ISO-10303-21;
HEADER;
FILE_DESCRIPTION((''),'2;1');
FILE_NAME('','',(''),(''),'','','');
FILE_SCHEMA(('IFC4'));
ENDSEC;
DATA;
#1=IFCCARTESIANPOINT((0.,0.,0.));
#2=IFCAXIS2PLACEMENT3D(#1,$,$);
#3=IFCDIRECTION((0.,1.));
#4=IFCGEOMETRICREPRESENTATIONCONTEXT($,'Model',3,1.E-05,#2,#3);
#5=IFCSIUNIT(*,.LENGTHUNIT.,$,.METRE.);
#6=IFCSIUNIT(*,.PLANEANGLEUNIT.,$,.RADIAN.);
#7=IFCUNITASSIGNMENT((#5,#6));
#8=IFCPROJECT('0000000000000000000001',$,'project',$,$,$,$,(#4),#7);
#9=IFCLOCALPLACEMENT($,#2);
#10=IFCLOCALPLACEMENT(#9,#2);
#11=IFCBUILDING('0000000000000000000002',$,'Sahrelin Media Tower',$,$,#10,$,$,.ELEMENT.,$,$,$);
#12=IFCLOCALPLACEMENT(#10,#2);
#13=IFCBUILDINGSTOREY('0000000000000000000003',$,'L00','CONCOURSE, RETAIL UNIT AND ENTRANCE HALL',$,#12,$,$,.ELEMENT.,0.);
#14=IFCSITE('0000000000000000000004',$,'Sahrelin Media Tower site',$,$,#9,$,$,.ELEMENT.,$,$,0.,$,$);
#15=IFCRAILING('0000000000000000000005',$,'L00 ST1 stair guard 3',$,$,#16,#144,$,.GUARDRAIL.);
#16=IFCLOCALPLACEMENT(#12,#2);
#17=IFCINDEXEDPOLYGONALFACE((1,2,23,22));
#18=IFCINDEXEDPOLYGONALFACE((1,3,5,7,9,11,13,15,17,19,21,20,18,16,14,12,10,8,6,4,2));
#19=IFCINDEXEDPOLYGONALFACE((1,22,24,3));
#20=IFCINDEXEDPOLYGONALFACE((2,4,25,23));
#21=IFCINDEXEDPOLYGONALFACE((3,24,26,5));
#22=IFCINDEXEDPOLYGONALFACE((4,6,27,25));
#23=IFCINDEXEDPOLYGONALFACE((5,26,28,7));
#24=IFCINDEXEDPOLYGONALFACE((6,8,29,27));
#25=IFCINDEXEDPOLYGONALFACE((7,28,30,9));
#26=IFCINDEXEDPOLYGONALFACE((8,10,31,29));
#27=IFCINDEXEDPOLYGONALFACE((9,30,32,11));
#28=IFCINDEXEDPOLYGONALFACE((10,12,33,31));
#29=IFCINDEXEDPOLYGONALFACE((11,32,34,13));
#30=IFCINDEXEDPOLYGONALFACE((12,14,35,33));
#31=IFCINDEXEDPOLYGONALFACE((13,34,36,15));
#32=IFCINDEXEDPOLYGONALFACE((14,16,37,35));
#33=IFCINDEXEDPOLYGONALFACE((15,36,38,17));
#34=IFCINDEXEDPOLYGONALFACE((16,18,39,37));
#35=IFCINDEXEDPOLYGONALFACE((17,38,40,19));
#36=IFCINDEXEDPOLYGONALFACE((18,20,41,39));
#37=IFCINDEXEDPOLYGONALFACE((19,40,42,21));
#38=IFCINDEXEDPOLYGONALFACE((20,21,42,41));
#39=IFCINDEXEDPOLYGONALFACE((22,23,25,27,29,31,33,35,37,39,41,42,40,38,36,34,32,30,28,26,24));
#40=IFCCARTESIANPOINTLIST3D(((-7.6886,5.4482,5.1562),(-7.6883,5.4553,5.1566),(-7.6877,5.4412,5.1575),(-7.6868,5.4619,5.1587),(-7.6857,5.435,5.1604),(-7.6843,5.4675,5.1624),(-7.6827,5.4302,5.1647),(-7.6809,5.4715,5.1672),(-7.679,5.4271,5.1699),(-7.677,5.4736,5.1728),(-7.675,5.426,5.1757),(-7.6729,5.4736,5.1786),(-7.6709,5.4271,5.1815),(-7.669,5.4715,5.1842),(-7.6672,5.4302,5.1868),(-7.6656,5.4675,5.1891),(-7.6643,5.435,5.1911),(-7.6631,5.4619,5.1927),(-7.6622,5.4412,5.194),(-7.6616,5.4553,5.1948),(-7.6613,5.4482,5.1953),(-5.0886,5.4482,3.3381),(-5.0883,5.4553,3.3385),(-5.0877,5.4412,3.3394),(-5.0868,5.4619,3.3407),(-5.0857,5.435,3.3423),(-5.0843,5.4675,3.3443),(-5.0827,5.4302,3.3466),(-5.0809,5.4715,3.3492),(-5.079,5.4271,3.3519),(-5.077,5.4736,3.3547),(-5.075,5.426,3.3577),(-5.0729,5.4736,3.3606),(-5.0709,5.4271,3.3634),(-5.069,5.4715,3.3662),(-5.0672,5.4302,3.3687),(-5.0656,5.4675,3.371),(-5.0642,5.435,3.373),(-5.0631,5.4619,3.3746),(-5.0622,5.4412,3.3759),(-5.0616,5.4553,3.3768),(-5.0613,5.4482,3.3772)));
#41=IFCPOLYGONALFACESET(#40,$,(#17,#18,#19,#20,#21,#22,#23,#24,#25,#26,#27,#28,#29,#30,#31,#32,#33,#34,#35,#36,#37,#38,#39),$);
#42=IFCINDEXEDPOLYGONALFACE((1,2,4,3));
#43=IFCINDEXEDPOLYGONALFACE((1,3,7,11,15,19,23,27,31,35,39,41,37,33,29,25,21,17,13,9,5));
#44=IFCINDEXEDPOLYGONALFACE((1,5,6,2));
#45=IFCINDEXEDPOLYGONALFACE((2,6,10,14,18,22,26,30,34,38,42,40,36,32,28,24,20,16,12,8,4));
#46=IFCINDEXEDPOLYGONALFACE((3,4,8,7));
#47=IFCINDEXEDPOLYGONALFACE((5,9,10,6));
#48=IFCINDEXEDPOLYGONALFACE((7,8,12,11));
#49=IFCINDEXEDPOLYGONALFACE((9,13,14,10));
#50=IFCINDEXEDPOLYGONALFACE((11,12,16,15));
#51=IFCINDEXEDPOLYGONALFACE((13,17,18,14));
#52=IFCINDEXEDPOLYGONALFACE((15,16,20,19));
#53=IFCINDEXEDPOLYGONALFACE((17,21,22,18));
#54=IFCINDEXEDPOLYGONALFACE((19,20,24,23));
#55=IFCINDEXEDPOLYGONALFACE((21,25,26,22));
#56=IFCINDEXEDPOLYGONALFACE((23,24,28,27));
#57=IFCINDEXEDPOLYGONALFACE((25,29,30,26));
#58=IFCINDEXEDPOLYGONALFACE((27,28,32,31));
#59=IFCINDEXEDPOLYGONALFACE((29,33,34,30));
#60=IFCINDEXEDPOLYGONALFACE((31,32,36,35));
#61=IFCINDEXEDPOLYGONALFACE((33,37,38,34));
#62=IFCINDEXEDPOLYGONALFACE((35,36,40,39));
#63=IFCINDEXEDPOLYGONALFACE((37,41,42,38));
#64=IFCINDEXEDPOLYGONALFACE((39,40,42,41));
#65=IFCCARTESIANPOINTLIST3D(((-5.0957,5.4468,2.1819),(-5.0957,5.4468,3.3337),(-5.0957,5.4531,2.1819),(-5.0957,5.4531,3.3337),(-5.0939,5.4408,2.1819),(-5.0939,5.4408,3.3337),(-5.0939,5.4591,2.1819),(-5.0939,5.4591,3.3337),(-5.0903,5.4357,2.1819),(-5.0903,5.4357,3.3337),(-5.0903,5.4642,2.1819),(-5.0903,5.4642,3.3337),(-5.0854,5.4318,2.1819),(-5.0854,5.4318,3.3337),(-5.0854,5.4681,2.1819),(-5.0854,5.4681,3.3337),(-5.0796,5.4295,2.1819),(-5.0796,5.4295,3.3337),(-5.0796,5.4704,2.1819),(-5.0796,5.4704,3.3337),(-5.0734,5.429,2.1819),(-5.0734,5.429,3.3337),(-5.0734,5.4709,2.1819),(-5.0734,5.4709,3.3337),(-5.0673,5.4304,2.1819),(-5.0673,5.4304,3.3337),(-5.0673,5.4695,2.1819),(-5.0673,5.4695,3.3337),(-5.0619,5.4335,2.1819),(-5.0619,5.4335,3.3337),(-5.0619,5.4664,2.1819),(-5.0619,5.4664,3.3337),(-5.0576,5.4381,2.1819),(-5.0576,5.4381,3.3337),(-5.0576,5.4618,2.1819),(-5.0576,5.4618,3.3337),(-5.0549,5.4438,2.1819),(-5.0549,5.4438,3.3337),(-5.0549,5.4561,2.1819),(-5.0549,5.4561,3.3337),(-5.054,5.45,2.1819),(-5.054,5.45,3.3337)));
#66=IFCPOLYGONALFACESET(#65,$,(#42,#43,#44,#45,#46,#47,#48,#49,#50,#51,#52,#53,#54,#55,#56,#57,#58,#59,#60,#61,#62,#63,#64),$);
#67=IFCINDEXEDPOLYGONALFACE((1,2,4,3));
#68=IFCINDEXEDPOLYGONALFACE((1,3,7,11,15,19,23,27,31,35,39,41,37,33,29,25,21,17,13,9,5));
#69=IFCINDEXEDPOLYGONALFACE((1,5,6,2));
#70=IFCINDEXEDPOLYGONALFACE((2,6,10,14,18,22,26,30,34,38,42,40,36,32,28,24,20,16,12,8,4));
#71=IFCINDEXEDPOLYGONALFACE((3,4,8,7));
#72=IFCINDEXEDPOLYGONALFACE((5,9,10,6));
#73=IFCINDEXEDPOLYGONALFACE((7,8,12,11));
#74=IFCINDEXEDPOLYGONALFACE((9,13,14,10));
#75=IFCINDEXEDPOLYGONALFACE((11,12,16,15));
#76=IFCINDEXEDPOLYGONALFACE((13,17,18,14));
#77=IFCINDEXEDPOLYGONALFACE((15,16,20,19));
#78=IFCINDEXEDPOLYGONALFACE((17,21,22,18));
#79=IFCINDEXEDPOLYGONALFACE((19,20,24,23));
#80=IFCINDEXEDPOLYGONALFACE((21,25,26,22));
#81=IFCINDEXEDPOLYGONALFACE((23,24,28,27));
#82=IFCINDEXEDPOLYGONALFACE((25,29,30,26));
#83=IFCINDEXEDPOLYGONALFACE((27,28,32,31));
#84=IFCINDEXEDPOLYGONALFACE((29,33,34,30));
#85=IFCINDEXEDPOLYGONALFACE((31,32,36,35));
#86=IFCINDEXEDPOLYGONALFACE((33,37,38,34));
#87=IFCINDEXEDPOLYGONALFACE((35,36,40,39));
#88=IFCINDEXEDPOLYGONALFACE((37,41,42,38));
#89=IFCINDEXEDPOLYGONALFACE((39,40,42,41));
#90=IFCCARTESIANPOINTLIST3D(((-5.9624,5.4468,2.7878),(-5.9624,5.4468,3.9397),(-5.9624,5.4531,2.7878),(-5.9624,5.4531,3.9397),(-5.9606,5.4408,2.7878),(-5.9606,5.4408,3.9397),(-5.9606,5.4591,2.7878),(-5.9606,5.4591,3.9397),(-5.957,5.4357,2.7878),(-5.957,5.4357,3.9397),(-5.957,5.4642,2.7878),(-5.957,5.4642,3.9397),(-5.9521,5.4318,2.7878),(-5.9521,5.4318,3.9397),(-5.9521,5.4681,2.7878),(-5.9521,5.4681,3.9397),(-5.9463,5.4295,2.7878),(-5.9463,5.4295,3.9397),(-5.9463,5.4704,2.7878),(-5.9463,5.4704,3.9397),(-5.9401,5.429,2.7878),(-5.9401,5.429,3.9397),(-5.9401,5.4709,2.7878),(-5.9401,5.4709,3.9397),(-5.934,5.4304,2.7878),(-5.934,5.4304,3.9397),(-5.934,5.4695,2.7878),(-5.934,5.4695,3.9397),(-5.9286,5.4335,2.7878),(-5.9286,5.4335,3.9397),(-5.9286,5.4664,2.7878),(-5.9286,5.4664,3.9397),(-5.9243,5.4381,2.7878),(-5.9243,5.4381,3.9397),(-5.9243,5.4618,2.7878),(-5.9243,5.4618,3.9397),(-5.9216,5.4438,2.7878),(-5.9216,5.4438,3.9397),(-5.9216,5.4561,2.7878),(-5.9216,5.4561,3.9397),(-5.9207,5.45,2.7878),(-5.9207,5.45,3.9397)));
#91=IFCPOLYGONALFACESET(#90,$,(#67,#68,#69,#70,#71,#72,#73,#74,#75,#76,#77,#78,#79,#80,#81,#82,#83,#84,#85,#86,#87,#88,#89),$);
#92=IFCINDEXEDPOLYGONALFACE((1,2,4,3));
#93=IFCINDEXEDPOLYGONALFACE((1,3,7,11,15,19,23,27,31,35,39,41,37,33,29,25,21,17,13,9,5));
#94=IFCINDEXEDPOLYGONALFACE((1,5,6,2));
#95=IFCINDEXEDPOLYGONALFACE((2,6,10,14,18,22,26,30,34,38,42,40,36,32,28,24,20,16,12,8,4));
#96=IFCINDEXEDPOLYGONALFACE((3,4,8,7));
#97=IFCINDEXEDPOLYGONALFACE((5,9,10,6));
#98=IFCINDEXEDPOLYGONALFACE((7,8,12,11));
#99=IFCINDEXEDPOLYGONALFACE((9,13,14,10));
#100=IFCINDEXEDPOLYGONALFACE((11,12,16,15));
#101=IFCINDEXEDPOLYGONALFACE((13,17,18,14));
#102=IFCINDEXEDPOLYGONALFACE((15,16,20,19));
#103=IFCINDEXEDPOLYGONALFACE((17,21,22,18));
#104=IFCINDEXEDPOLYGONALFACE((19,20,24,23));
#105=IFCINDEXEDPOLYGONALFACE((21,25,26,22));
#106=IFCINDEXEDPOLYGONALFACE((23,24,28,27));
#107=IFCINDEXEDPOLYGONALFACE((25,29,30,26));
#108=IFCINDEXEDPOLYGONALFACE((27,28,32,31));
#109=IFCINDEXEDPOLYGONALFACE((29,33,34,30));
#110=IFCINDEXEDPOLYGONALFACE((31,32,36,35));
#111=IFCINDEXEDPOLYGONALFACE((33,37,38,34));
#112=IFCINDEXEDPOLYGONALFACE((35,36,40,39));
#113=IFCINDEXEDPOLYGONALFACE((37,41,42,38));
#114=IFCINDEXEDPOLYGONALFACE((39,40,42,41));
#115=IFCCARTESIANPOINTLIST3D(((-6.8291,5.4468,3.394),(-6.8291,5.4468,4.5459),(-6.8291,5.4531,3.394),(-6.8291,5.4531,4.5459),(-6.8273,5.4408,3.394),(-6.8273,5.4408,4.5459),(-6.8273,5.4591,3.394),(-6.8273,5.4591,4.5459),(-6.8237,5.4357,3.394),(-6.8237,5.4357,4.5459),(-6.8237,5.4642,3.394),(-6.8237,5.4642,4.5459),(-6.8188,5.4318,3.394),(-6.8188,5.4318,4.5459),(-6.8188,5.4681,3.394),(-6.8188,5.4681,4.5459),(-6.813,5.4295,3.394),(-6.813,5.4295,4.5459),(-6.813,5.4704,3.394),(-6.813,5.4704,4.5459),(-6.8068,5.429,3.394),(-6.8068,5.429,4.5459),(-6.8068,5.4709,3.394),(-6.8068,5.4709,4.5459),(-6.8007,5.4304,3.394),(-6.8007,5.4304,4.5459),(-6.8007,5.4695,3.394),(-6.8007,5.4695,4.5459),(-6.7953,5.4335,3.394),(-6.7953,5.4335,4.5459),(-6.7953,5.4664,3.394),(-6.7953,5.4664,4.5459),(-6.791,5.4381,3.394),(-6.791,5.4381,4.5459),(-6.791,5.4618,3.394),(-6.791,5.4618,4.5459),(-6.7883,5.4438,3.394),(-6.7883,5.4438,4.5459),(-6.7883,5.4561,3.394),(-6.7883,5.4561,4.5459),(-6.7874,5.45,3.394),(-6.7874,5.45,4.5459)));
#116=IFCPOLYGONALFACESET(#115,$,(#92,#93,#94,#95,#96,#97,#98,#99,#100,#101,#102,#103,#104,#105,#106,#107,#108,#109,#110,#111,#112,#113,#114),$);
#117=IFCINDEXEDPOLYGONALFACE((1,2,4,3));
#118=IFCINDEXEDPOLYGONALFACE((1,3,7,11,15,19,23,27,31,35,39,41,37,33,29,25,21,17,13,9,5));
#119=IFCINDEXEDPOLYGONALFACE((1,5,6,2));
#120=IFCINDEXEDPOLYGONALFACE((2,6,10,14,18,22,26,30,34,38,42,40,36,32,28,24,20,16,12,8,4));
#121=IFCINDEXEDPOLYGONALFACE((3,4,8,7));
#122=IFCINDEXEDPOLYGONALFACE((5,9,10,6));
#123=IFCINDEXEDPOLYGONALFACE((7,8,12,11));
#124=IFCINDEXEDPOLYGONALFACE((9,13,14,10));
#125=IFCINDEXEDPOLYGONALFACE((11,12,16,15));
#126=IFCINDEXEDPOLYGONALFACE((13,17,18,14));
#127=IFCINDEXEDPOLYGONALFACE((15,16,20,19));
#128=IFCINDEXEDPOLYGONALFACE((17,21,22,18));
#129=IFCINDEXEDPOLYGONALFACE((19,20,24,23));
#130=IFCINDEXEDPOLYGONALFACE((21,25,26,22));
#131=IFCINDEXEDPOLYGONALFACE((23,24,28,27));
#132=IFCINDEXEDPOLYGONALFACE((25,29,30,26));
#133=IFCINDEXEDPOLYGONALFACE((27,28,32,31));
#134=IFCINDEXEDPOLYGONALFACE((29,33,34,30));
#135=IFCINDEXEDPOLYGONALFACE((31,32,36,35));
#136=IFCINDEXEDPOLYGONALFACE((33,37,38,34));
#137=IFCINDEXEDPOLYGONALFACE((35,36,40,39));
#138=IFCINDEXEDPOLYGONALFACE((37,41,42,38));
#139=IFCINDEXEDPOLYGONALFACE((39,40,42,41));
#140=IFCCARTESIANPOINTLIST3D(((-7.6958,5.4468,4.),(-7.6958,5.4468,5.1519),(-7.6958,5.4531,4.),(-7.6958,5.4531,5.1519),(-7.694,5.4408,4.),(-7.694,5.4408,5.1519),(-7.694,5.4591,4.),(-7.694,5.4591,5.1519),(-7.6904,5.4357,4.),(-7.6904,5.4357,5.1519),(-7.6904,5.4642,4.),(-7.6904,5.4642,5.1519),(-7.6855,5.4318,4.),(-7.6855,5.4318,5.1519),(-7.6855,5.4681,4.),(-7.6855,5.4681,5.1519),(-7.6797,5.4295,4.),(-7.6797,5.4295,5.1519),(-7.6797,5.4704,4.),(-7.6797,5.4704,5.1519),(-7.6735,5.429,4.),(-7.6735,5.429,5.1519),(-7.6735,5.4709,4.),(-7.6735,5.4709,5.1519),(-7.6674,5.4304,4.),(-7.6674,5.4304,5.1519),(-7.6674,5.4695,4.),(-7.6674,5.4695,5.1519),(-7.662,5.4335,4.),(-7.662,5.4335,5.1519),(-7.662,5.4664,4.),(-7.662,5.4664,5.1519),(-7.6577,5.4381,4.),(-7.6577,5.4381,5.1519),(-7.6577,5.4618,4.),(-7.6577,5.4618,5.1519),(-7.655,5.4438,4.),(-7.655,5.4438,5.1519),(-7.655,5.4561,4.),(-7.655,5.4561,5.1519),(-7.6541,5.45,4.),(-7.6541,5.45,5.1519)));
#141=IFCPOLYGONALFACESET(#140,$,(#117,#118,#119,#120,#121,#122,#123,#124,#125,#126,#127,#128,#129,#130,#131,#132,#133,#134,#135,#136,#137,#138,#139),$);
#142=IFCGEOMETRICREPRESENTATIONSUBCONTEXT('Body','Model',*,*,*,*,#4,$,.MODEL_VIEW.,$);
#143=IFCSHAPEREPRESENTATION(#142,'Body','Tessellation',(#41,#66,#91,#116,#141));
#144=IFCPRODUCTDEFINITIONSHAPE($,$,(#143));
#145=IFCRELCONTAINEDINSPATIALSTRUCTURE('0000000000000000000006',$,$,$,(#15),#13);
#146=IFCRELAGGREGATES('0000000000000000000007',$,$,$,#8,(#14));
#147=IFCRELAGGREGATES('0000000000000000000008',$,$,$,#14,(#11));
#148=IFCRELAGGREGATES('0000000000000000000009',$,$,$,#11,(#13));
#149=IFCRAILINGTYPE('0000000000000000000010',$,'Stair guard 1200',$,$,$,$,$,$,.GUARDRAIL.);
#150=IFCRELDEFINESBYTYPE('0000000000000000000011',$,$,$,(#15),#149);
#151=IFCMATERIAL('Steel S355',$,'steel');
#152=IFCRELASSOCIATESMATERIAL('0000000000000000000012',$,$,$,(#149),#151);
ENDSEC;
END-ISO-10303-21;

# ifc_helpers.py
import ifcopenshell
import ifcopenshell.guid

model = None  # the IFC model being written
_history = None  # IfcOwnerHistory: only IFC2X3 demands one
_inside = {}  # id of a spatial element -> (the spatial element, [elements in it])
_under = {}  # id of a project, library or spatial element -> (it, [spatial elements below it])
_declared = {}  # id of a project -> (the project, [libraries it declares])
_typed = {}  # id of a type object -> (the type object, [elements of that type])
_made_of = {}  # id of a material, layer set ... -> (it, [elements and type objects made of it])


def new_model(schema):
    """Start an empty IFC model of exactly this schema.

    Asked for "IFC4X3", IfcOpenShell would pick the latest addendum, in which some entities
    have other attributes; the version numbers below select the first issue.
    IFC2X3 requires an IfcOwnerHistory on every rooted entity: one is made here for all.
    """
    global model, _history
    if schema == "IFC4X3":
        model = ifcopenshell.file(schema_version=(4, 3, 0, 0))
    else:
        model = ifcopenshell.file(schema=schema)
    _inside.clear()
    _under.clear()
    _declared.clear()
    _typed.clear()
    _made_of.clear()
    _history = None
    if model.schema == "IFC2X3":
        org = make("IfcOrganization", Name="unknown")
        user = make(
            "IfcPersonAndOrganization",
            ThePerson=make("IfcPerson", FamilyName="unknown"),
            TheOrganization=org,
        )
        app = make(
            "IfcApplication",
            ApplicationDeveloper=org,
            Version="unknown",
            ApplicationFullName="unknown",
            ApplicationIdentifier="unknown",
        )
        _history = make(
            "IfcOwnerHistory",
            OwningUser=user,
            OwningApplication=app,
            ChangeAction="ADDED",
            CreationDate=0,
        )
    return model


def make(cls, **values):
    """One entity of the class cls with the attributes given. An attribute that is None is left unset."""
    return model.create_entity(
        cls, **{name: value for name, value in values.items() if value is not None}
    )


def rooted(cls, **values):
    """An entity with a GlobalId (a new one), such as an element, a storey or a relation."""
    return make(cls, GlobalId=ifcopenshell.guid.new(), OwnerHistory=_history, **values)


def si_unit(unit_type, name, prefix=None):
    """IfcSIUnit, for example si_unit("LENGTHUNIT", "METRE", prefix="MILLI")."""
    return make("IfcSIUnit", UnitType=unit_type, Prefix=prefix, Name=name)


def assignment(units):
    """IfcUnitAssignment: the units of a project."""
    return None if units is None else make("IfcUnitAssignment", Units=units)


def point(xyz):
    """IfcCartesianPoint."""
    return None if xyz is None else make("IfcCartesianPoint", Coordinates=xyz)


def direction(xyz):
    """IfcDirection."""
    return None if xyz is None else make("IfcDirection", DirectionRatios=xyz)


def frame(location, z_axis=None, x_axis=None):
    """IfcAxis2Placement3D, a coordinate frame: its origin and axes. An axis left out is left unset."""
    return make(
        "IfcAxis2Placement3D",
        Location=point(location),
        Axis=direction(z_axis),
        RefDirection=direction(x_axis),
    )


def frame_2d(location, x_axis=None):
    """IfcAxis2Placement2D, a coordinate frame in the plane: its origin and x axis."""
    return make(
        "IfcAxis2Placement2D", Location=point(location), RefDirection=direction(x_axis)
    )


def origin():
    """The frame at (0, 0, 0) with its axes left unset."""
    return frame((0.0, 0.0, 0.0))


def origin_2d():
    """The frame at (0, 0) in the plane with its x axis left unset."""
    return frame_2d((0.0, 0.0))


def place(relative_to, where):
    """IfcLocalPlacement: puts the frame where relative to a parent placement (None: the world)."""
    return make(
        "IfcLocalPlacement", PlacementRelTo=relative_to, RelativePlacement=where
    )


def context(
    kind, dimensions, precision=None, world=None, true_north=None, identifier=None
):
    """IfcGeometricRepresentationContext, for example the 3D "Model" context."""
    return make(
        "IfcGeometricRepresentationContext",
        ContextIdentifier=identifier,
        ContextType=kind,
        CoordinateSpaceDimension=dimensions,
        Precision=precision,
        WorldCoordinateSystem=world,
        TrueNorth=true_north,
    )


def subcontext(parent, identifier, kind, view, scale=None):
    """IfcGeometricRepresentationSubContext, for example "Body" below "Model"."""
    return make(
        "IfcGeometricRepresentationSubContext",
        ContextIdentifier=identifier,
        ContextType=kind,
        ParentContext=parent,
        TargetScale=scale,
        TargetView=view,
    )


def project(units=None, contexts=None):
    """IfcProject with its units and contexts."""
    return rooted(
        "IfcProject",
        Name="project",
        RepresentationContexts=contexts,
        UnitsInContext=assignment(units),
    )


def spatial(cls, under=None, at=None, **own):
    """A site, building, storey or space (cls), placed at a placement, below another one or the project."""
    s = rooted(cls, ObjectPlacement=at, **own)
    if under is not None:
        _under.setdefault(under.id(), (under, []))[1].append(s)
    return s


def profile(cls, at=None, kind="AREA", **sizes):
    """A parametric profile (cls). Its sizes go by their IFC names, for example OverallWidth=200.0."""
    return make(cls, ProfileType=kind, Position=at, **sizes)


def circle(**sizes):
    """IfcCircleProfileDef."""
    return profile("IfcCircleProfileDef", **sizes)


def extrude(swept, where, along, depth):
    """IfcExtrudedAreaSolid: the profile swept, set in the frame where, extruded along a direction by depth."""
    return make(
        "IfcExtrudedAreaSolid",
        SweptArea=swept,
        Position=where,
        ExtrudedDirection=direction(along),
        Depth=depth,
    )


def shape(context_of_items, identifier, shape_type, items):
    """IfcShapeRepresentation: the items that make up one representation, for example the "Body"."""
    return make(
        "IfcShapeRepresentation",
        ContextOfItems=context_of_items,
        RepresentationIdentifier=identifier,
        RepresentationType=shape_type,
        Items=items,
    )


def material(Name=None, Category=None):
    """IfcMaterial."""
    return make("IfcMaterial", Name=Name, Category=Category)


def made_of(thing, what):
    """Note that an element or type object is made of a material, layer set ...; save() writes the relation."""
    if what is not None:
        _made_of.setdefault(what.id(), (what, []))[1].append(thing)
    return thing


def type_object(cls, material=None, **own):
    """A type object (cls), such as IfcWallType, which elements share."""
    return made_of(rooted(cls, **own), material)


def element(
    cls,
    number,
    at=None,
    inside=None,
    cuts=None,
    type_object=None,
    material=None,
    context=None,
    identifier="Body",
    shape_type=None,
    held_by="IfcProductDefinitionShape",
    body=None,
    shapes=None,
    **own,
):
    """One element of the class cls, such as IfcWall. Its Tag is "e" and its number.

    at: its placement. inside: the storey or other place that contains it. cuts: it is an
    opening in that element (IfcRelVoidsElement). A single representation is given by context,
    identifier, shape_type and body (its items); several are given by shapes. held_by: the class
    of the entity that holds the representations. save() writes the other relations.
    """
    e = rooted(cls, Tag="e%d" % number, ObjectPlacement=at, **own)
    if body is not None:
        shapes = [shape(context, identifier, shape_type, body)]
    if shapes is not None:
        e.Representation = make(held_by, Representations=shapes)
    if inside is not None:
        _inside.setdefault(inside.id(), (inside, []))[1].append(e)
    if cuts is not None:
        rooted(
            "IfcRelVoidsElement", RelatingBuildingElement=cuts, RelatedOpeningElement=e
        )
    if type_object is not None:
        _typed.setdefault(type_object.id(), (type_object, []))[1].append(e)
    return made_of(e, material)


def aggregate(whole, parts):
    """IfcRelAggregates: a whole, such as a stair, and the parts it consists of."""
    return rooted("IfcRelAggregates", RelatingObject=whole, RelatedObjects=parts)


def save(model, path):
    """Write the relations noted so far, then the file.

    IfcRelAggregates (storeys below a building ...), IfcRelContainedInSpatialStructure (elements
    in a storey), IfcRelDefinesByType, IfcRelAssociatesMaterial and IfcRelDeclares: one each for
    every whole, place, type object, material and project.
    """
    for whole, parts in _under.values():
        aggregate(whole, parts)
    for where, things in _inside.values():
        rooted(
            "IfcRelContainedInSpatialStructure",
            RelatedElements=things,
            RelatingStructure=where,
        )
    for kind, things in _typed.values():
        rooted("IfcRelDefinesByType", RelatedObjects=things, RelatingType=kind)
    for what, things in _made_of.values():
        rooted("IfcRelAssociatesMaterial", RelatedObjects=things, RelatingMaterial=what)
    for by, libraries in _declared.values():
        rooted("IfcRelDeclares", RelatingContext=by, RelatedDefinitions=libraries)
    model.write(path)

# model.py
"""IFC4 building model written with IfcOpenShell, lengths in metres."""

from ifc_helpers import new_model, si_unit, direction, frame, origin, origin_2d, place, context, subcontext, project, spatial, circle, extrude, material, type_object, element, save


model = new_model("IFC4")

# Units and contexts
model_context = context("Model", 3, precision=1e-05, world=origin(), true_north=direction((0.0, 1.0)))
body_context = subcontext(model_context, "Body", "Model", "MODEL_VIEW")
ifc_project = project(units=[si_unit("LENGTHUNIT", "METRE"), si_unit("PLANEANGLEUNIT", "RADIAN")], contexts=[model_context])

# Site, building, storey
site_placement = place(None, origin())
site = spatial("IfcSite", under=ifc_project, at=site_placement, Name="Sahrelin Media Tower site", CompositionType="ELEMENT", RefElevation=0.0)
building_placement = place(site_placement, origin())
building = spatial("IfcBuilding", under=site, at=building_placement, Name="Sahrelin Media Tower", CompositionType="ELEMENT")
storey_placement = place(building_placement, origin())
storey = spatial("IfcBuildingStorey", under=building, at=storey_placement, Name="L00", Description="CONCOURSE, RETAIL UNIT AND ENTRANCE HALL", CompositionType="ELEMENT", Elevation=0.0)

# Shared definitions
ifc_material_1 = material(Name="Steel S355", Category="steel")

# Railing
railing_type_1 = type_object("IfcRailingType", Name="Stair guard 1200", PredefinedType="GUARDRAIL", material=ifc_material_1)
railing_1_placement = place(storey_placement, frame((-5.075, 5.45, 2.1819)))
element("IfcRailing", 1, at=railing_1_placement, inside=storey, type_object=railing_type_1, Name="L00 ST1 stair guard 3", PredefinedType="GUARDRAIL", context=body_context, shape_type="SweptSolid", body=[
    extrude(circle(Radius=0.0239, at=origin_2d()), frame((0.0, 0.0, 1.1758), z_axis=(-0.819521, 0.0, 0.573049), x_axis=(0.0, -1.0, 0.0)), (0.0, 0.0, 1.0), 3.1726),
    extrude(circle(Radius=0.021, at=origin_2d()), origin(), (0.0, 0.0, 1.0), 1.1519),
    extrude(circle(Radius=0.021, at=origin_2d()), frame((-0.8667, 0.0, 0.606)), (0.0, 0.0, 1.0), 1.1519),
    extrude(circle(Radius=0.021, at=origin_2d()), frame((-1.7334, 0.0, 1.2122)), (0.0, 0.0, 1.0), 1.1519),
    extrude(circle(Radius=0.021, at=origin_2d()), frame((-2.6001, 0.0, 1.8181)), (0.0, 0.0, 1.0), 1.1519),
])

save(model, "model.ifc")
